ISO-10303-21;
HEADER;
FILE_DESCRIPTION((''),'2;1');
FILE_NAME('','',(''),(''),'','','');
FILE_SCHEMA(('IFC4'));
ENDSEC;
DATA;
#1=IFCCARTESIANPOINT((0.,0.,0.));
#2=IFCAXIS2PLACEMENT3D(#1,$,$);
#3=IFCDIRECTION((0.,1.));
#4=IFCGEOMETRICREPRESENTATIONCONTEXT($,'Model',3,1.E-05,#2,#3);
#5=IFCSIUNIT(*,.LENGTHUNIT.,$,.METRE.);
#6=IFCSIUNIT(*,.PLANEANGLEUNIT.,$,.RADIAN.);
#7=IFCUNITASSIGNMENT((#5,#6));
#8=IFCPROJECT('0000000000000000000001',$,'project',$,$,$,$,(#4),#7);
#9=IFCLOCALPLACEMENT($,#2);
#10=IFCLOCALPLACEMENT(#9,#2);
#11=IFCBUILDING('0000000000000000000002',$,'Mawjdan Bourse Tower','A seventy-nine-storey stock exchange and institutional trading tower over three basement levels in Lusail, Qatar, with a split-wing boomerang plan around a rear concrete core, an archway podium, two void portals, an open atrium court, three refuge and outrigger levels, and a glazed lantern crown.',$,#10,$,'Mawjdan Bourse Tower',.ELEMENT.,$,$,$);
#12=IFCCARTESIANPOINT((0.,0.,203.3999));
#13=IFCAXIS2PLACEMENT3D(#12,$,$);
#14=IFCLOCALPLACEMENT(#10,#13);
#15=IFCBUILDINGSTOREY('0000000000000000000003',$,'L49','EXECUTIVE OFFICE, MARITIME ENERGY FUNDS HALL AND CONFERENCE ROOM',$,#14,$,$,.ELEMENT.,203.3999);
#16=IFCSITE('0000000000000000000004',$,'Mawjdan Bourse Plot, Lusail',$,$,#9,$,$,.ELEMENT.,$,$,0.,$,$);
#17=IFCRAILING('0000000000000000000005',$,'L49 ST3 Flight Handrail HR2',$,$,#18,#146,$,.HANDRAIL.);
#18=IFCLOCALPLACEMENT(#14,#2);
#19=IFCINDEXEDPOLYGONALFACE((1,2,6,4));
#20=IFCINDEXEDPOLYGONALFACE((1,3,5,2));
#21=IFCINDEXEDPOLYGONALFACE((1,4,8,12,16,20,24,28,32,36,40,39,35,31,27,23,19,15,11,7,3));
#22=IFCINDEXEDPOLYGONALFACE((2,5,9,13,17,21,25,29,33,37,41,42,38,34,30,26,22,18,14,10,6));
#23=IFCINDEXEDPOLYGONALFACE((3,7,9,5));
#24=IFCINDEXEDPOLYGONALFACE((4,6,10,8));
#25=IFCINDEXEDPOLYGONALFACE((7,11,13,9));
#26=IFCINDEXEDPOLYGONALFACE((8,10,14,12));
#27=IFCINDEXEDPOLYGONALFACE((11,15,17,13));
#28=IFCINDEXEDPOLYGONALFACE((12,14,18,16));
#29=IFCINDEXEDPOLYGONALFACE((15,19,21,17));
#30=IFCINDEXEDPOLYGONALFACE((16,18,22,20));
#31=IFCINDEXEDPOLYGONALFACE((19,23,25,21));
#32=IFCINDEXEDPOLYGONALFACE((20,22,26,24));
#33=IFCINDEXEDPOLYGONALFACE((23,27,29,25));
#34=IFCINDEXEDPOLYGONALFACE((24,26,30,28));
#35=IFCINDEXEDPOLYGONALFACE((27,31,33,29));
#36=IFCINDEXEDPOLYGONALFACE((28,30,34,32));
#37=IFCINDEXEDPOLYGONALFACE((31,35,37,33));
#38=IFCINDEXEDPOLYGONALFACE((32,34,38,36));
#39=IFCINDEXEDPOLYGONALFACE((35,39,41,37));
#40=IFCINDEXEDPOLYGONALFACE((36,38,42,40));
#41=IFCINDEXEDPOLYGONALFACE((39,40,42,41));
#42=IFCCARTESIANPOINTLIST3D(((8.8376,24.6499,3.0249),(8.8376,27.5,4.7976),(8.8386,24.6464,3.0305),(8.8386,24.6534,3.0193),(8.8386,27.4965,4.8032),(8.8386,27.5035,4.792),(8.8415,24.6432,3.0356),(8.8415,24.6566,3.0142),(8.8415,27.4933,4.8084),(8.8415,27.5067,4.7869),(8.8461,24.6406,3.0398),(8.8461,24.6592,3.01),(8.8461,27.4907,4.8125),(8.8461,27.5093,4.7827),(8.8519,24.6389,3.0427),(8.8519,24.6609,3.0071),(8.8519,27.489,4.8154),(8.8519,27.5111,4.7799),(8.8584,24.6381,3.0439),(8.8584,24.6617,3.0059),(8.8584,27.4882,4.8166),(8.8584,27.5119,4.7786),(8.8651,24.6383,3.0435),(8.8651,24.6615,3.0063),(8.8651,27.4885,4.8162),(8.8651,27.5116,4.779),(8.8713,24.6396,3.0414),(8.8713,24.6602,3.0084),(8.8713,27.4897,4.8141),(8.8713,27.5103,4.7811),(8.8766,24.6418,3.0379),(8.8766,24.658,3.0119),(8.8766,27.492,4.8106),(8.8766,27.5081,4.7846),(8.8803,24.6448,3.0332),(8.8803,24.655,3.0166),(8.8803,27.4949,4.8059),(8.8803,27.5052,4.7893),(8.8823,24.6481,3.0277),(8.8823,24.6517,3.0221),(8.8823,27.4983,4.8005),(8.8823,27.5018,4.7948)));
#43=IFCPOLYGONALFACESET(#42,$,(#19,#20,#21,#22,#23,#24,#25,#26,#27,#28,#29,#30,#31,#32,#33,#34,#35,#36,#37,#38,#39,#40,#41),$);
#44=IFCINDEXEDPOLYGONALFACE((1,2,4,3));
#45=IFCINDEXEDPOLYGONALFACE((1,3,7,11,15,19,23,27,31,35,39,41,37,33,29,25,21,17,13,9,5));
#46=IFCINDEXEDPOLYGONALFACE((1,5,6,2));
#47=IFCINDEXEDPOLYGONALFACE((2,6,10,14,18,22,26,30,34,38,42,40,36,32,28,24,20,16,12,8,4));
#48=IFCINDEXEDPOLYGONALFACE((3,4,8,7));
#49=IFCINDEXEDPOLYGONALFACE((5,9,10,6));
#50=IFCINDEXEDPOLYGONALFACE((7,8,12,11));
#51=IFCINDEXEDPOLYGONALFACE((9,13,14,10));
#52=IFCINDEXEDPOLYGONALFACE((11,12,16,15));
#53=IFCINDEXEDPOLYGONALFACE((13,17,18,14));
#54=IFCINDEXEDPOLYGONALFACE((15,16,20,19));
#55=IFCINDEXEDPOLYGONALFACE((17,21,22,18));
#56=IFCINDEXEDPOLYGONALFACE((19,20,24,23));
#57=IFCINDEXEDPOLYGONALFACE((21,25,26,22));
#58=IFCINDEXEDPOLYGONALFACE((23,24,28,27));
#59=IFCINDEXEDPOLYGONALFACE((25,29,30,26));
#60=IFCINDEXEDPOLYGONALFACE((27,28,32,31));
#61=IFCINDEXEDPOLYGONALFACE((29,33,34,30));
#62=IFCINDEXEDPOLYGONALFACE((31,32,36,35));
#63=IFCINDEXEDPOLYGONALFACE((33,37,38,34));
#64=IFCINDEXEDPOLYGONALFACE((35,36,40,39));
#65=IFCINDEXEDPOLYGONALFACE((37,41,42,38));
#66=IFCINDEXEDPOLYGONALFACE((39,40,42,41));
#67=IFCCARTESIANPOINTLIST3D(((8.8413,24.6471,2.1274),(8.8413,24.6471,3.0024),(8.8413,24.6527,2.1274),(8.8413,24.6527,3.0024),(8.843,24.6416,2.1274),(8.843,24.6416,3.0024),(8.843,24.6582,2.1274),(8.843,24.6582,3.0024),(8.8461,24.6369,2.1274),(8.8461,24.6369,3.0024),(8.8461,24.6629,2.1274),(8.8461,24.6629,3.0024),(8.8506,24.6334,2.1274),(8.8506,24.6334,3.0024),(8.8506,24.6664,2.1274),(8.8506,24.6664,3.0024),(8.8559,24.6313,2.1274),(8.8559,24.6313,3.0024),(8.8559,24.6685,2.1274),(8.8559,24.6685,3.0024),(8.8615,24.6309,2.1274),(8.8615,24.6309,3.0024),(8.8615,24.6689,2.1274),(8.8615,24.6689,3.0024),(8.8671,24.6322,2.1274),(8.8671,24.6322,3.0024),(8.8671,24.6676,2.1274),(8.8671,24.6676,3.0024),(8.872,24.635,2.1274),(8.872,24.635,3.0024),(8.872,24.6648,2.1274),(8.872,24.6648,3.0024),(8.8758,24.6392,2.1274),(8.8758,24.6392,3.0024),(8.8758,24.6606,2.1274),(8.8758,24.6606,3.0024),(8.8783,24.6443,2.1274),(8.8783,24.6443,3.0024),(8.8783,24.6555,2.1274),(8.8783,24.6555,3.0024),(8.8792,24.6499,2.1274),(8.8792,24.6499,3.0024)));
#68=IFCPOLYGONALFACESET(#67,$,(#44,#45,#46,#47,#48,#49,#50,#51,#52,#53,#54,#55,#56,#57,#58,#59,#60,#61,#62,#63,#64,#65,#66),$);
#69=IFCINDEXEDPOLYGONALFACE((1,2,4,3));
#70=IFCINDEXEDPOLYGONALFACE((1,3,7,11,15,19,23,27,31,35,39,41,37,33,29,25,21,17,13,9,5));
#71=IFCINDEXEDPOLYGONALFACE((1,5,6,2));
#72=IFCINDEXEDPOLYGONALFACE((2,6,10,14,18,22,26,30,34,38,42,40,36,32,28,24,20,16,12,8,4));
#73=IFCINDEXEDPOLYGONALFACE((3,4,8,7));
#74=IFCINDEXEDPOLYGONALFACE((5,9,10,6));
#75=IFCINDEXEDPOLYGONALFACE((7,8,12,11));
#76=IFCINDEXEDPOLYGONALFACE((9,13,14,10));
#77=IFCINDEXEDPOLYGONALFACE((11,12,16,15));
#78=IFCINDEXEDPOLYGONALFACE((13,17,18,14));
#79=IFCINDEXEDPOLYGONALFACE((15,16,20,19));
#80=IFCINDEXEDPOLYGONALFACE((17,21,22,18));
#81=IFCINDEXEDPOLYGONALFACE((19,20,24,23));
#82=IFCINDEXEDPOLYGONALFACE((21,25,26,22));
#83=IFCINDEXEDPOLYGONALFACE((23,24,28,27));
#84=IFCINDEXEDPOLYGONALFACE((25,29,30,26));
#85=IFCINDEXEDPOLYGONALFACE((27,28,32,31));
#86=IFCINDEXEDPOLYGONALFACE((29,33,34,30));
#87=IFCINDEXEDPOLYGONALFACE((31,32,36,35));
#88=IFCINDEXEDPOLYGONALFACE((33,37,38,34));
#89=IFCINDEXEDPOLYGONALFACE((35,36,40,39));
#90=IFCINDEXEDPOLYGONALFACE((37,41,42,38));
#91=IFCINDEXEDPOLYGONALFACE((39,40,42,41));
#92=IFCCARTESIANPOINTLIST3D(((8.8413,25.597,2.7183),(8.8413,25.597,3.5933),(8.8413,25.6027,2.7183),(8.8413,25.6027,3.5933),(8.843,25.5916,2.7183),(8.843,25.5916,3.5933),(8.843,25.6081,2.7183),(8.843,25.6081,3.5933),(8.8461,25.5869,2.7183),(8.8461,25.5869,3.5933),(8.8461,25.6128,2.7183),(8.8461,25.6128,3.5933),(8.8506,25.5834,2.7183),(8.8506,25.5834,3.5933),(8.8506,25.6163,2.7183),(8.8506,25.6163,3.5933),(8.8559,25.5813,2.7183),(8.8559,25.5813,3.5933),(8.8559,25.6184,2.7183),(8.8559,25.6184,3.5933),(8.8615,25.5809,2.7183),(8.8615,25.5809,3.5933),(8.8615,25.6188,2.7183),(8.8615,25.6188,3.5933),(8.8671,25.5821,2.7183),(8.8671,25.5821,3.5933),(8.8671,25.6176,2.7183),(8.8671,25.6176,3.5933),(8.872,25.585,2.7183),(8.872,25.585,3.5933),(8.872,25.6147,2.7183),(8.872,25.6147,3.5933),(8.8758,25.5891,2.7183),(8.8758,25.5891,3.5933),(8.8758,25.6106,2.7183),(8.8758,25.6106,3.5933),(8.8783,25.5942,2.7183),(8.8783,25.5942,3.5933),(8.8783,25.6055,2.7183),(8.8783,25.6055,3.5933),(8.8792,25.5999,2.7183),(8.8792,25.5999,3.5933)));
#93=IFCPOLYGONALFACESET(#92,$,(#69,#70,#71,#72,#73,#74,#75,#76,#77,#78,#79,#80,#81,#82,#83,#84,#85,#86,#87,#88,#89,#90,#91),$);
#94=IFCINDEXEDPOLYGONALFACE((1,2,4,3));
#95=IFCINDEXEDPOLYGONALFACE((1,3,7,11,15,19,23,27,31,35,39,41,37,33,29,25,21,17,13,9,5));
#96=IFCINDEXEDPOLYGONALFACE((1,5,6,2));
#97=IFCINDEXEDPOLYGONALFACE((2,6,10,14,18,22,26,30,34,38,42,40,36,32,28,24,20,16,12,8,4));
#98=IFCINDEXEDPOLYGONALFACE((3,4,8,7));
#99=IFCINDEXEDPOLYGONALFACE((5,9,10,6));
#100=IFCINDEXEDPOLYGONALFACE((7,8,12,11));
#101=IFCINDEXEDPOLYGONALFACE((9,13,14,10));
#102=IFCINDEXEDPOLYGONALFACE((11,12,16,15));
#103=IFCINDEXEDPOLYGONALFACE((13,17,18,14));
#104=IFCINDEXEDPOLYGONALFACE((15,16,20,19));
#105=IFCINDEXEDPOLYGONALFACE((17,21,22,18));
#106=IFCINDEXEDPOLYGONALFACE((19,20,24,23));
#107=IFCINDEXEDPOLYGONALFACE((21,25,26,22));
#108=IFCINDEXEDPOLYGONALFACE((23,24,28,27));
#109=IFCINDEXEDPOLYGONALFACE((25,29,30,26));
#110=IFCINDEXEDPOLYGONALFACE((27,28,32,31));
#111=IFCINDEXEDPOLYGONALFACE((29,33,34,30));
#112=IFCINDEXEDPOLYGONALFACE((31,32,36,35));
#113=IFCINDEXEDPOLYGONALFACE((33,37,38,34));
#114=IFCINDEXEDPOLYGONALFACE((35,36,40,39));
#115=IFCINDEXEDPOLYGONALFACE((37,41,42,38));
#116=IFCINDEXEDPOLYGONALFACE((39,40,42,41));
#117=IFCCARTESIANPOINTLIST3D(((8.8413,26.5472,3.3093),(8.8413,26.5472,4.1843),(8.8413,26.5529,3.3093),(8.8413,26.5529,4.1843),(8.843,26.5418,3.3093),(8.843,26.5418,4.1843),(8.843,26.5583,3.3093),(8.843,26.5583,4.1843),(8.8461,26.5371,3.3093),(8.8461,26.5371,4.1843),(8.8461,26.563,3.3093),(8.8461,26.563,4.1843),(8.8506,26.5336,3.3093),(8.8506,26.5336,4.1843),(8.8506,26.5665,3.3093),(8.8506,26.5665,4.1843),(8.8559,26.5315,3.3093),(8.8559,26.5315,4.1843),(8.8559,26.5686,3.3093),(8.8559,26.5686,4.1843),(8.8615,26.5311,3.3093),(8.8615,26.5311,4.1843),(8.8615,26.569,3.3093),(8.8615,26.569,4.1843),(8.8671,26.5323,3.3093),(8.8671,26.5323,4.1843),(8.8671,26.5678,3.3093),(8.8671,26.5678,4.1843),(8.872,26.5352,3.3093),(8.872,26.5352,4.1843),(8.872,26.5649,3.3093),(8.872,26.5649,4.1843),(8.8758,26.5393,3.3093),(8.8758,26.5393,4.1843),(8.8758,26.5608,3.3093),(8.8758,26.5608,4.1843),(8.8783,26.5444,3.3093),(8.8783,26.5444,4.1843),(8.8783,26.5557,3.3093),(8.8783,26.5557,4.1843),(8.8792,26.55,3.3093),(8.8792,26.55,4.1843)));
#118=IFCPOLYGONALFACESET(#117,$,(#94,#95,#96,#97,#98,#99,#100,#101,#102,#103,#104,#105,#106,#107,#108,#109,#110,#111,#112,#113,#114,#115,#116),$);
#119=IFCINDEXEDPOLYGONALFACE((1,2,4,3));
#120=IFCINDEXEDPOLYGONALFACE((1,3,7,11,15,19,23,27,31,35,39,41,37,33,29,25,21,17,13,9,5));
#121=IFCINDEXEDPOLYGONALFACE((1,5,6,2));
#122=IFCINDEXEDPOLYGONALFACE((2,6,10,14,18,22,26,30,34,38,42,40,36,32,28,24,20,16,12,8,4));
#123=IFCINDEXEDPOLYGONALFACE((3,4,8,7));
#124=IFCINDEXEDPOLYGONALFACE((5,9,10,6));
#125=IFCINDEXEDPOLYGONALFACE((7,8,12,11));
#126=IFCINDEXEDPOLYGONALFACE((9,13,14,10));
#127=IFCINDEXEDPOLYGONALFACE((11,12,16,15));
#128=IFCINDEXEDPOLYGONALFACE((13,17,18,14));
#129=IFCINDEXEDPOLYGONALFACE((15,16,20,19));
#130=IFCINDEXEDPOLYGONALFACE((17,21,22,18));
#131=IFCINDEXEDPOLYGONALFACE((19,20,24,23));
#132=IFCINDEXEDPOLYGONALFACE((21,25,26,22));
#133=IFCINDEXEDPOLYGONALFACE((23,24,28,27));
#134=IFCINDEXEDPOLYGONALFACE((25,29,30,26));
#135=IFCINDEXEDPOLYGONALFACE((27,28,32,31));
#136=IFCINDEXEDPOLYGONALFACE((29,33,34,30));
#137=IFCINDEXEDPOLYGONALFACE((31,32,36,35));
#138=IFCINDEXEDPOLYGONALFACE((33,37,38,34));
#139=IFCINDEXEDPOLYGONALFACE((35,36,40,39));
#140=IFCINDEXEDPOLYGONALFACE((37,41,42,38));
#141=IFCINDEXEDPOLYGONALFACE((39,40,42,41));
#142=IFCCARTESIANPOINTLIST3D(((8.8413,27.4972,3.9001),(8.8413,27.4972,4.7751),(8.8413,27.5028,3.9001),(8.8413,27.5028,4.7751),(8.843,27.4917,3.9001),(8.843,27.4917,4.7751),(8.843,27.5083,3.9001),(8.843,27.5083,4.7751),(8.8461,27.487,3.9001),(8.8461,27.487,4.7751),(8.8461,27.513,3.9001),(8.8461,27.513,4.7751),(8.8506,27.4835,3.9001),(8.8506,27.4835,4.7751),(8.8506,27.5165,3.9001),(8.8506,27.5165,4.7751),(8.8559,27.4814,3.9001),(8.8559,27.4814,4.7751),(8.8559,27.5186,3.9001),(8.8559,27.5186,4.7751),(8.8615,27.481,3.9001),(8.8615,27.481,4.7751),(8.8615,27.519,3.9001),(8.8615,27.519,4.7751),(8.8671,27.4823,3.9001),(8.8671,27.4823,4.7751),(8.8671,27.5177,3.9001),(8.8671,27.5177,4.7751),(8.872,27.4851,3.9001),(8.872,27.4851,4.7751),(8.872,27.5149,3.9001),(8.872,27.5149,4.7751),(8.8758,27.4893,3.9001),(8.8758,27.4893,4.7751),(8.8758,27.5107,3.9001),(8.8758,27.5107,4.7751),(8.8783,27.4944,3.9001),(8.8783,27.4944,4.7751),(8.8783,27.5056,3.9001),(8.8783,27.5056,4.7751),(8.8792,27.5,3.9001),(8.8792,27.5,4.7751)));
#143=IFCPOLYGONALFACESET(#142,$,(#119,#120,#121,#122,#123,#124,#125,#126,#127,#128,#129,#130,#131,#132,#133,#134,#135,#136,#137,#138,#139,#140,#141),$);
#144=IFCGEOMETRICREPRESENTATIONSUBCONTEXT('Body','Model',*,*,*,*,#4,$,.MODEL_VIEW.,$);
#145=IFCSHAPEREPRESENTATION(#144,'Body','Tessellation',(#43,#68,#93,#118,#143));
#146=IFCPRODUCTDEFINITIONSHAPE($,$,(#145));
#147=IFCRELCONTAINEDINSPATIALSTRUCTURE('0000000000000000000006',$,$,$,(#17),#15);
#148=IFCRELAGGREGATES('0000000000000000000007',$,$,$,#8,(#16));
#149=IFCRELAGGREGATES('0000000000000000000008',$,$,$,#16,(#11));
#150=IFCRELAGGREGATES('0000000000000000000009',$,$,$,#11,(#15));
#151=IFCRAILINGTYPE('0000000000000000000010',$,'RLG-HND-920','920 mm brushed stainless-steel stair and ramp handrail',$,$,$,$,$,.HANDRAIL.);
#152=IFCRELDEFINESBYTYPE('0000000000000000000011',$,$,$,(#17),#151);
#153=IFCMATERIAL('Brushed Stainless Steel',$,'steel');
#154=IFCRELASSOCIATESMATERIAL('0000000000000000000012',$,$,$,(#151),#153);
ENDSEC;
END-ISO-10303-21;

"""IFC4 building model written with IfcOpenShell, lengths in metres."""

from ifc_helpers import new_model, si_unit, direction, frame, origin, origin_2d, place, context, subcontext, project, spatial, circle, extrude, material, type_object, element, save


model = new_model("IFC4")

# Units and contexts
model_context = context("Model", 3, precision=1e-05, world=origin(), true_north=direction((0.0, 1.0)))
body_context = subcontext(model_context, "Body", "Model", "MODEL_VIEW")
ifc_project = project(units=[si_unit("LENGTHUNIT", "METRE"), si_unit("PLANEANGLEUNIT", "RADIAN")], contexts=[model_context])

# Site, building, storey
site_placement = place(None, origin())
site = spatial("IfcSite", under=ifc_project, at=site_placement, Name="Mawjdan Bourse Plot, Lusail", CompositionType="ELEMENT", RefElevation=0.0)
building_placement = place(site_placement, origin())
building = spatial("IfcBuilding", under=site, at=building_placement, Name="Mawjdan Bourse Tower", Description="A seventy-nine-storey stock exchange and institutional trading tower over three basement levels in Lusail, Qatar, with a split-wing boomerang plan around a rear concrete core, an archway podium, two void portals, an open atrium court, three refuge and outrigger levels, and a glazed lantern crown.", LongName="Mawjdan Bourse Tower", CompositionType="ELEMENT")
storey_placement = place(building_placement, frame((0.0, 0.0, 203.3999)))
storey = spatial("IfcBuildingStorey", under=building, at=storey_placement, Name="L49", Description="EXECUTIVE OFFICE, MARITIME ENERGY FUNDS HALL AND CONFERENCE ROOM", CompositionType="ELEMENT", Elevation=203.3999)

# Railing
ifc_material_1 = material(Name="Brushed Stainless Steel", Category="steel")
railing_type = type_object("IfcRailingType", Name="RLG-HND-920", Description="920 mm brushed stainless-steel stair and ramp handrail", PredefinedType="HANDRAIL", material=ifc_material_1)
railing_1_placement = place(storey_placement, frame((8.8601, 24.6499, 2.1274)))
element("IfcRailing", 1, at=railing_1_placement, inside=storey, type_object=railing_type, Name="L49 ST3 Flight Handrail HR2", PredefinedType="HANDRAIL", context=body_context, shape_type="SweptSolid", body=[
    extrude(circle(Radius=0.0225, at=origin_2d()), frame((0.0, 0.0, 0.8975), z_axis=(0.0, 0.849149, 0.528154), x_axis=(-1.0, 0.0, 0.0)), (0.0, 0.0, 1.0), 3.3564),
    extrude(circle(Radius=0.019, at=origin_2d()), origin(), (0.0, 0.0, 1.0), 0.875),
    extrude(circle(Radius=0.019, at=origin_2d()), frame((0.0, 0.95, 0.5908)), (0.0, 0.0, 1.0), 0.875),
    extrude(circle(Radius=0.019, at=origin_2d()), frame((0.0, 1.9001, 1.1819)), (0.0, 0.0, 1.0), 0.875),
    extrude(circle(Radius=0.019, at=origin_2d()), frame((0.0, 2.8501, 1.7727)), (0.0, 0.0, 1.0), 0.875),
])

save(model, "model.ifc")
